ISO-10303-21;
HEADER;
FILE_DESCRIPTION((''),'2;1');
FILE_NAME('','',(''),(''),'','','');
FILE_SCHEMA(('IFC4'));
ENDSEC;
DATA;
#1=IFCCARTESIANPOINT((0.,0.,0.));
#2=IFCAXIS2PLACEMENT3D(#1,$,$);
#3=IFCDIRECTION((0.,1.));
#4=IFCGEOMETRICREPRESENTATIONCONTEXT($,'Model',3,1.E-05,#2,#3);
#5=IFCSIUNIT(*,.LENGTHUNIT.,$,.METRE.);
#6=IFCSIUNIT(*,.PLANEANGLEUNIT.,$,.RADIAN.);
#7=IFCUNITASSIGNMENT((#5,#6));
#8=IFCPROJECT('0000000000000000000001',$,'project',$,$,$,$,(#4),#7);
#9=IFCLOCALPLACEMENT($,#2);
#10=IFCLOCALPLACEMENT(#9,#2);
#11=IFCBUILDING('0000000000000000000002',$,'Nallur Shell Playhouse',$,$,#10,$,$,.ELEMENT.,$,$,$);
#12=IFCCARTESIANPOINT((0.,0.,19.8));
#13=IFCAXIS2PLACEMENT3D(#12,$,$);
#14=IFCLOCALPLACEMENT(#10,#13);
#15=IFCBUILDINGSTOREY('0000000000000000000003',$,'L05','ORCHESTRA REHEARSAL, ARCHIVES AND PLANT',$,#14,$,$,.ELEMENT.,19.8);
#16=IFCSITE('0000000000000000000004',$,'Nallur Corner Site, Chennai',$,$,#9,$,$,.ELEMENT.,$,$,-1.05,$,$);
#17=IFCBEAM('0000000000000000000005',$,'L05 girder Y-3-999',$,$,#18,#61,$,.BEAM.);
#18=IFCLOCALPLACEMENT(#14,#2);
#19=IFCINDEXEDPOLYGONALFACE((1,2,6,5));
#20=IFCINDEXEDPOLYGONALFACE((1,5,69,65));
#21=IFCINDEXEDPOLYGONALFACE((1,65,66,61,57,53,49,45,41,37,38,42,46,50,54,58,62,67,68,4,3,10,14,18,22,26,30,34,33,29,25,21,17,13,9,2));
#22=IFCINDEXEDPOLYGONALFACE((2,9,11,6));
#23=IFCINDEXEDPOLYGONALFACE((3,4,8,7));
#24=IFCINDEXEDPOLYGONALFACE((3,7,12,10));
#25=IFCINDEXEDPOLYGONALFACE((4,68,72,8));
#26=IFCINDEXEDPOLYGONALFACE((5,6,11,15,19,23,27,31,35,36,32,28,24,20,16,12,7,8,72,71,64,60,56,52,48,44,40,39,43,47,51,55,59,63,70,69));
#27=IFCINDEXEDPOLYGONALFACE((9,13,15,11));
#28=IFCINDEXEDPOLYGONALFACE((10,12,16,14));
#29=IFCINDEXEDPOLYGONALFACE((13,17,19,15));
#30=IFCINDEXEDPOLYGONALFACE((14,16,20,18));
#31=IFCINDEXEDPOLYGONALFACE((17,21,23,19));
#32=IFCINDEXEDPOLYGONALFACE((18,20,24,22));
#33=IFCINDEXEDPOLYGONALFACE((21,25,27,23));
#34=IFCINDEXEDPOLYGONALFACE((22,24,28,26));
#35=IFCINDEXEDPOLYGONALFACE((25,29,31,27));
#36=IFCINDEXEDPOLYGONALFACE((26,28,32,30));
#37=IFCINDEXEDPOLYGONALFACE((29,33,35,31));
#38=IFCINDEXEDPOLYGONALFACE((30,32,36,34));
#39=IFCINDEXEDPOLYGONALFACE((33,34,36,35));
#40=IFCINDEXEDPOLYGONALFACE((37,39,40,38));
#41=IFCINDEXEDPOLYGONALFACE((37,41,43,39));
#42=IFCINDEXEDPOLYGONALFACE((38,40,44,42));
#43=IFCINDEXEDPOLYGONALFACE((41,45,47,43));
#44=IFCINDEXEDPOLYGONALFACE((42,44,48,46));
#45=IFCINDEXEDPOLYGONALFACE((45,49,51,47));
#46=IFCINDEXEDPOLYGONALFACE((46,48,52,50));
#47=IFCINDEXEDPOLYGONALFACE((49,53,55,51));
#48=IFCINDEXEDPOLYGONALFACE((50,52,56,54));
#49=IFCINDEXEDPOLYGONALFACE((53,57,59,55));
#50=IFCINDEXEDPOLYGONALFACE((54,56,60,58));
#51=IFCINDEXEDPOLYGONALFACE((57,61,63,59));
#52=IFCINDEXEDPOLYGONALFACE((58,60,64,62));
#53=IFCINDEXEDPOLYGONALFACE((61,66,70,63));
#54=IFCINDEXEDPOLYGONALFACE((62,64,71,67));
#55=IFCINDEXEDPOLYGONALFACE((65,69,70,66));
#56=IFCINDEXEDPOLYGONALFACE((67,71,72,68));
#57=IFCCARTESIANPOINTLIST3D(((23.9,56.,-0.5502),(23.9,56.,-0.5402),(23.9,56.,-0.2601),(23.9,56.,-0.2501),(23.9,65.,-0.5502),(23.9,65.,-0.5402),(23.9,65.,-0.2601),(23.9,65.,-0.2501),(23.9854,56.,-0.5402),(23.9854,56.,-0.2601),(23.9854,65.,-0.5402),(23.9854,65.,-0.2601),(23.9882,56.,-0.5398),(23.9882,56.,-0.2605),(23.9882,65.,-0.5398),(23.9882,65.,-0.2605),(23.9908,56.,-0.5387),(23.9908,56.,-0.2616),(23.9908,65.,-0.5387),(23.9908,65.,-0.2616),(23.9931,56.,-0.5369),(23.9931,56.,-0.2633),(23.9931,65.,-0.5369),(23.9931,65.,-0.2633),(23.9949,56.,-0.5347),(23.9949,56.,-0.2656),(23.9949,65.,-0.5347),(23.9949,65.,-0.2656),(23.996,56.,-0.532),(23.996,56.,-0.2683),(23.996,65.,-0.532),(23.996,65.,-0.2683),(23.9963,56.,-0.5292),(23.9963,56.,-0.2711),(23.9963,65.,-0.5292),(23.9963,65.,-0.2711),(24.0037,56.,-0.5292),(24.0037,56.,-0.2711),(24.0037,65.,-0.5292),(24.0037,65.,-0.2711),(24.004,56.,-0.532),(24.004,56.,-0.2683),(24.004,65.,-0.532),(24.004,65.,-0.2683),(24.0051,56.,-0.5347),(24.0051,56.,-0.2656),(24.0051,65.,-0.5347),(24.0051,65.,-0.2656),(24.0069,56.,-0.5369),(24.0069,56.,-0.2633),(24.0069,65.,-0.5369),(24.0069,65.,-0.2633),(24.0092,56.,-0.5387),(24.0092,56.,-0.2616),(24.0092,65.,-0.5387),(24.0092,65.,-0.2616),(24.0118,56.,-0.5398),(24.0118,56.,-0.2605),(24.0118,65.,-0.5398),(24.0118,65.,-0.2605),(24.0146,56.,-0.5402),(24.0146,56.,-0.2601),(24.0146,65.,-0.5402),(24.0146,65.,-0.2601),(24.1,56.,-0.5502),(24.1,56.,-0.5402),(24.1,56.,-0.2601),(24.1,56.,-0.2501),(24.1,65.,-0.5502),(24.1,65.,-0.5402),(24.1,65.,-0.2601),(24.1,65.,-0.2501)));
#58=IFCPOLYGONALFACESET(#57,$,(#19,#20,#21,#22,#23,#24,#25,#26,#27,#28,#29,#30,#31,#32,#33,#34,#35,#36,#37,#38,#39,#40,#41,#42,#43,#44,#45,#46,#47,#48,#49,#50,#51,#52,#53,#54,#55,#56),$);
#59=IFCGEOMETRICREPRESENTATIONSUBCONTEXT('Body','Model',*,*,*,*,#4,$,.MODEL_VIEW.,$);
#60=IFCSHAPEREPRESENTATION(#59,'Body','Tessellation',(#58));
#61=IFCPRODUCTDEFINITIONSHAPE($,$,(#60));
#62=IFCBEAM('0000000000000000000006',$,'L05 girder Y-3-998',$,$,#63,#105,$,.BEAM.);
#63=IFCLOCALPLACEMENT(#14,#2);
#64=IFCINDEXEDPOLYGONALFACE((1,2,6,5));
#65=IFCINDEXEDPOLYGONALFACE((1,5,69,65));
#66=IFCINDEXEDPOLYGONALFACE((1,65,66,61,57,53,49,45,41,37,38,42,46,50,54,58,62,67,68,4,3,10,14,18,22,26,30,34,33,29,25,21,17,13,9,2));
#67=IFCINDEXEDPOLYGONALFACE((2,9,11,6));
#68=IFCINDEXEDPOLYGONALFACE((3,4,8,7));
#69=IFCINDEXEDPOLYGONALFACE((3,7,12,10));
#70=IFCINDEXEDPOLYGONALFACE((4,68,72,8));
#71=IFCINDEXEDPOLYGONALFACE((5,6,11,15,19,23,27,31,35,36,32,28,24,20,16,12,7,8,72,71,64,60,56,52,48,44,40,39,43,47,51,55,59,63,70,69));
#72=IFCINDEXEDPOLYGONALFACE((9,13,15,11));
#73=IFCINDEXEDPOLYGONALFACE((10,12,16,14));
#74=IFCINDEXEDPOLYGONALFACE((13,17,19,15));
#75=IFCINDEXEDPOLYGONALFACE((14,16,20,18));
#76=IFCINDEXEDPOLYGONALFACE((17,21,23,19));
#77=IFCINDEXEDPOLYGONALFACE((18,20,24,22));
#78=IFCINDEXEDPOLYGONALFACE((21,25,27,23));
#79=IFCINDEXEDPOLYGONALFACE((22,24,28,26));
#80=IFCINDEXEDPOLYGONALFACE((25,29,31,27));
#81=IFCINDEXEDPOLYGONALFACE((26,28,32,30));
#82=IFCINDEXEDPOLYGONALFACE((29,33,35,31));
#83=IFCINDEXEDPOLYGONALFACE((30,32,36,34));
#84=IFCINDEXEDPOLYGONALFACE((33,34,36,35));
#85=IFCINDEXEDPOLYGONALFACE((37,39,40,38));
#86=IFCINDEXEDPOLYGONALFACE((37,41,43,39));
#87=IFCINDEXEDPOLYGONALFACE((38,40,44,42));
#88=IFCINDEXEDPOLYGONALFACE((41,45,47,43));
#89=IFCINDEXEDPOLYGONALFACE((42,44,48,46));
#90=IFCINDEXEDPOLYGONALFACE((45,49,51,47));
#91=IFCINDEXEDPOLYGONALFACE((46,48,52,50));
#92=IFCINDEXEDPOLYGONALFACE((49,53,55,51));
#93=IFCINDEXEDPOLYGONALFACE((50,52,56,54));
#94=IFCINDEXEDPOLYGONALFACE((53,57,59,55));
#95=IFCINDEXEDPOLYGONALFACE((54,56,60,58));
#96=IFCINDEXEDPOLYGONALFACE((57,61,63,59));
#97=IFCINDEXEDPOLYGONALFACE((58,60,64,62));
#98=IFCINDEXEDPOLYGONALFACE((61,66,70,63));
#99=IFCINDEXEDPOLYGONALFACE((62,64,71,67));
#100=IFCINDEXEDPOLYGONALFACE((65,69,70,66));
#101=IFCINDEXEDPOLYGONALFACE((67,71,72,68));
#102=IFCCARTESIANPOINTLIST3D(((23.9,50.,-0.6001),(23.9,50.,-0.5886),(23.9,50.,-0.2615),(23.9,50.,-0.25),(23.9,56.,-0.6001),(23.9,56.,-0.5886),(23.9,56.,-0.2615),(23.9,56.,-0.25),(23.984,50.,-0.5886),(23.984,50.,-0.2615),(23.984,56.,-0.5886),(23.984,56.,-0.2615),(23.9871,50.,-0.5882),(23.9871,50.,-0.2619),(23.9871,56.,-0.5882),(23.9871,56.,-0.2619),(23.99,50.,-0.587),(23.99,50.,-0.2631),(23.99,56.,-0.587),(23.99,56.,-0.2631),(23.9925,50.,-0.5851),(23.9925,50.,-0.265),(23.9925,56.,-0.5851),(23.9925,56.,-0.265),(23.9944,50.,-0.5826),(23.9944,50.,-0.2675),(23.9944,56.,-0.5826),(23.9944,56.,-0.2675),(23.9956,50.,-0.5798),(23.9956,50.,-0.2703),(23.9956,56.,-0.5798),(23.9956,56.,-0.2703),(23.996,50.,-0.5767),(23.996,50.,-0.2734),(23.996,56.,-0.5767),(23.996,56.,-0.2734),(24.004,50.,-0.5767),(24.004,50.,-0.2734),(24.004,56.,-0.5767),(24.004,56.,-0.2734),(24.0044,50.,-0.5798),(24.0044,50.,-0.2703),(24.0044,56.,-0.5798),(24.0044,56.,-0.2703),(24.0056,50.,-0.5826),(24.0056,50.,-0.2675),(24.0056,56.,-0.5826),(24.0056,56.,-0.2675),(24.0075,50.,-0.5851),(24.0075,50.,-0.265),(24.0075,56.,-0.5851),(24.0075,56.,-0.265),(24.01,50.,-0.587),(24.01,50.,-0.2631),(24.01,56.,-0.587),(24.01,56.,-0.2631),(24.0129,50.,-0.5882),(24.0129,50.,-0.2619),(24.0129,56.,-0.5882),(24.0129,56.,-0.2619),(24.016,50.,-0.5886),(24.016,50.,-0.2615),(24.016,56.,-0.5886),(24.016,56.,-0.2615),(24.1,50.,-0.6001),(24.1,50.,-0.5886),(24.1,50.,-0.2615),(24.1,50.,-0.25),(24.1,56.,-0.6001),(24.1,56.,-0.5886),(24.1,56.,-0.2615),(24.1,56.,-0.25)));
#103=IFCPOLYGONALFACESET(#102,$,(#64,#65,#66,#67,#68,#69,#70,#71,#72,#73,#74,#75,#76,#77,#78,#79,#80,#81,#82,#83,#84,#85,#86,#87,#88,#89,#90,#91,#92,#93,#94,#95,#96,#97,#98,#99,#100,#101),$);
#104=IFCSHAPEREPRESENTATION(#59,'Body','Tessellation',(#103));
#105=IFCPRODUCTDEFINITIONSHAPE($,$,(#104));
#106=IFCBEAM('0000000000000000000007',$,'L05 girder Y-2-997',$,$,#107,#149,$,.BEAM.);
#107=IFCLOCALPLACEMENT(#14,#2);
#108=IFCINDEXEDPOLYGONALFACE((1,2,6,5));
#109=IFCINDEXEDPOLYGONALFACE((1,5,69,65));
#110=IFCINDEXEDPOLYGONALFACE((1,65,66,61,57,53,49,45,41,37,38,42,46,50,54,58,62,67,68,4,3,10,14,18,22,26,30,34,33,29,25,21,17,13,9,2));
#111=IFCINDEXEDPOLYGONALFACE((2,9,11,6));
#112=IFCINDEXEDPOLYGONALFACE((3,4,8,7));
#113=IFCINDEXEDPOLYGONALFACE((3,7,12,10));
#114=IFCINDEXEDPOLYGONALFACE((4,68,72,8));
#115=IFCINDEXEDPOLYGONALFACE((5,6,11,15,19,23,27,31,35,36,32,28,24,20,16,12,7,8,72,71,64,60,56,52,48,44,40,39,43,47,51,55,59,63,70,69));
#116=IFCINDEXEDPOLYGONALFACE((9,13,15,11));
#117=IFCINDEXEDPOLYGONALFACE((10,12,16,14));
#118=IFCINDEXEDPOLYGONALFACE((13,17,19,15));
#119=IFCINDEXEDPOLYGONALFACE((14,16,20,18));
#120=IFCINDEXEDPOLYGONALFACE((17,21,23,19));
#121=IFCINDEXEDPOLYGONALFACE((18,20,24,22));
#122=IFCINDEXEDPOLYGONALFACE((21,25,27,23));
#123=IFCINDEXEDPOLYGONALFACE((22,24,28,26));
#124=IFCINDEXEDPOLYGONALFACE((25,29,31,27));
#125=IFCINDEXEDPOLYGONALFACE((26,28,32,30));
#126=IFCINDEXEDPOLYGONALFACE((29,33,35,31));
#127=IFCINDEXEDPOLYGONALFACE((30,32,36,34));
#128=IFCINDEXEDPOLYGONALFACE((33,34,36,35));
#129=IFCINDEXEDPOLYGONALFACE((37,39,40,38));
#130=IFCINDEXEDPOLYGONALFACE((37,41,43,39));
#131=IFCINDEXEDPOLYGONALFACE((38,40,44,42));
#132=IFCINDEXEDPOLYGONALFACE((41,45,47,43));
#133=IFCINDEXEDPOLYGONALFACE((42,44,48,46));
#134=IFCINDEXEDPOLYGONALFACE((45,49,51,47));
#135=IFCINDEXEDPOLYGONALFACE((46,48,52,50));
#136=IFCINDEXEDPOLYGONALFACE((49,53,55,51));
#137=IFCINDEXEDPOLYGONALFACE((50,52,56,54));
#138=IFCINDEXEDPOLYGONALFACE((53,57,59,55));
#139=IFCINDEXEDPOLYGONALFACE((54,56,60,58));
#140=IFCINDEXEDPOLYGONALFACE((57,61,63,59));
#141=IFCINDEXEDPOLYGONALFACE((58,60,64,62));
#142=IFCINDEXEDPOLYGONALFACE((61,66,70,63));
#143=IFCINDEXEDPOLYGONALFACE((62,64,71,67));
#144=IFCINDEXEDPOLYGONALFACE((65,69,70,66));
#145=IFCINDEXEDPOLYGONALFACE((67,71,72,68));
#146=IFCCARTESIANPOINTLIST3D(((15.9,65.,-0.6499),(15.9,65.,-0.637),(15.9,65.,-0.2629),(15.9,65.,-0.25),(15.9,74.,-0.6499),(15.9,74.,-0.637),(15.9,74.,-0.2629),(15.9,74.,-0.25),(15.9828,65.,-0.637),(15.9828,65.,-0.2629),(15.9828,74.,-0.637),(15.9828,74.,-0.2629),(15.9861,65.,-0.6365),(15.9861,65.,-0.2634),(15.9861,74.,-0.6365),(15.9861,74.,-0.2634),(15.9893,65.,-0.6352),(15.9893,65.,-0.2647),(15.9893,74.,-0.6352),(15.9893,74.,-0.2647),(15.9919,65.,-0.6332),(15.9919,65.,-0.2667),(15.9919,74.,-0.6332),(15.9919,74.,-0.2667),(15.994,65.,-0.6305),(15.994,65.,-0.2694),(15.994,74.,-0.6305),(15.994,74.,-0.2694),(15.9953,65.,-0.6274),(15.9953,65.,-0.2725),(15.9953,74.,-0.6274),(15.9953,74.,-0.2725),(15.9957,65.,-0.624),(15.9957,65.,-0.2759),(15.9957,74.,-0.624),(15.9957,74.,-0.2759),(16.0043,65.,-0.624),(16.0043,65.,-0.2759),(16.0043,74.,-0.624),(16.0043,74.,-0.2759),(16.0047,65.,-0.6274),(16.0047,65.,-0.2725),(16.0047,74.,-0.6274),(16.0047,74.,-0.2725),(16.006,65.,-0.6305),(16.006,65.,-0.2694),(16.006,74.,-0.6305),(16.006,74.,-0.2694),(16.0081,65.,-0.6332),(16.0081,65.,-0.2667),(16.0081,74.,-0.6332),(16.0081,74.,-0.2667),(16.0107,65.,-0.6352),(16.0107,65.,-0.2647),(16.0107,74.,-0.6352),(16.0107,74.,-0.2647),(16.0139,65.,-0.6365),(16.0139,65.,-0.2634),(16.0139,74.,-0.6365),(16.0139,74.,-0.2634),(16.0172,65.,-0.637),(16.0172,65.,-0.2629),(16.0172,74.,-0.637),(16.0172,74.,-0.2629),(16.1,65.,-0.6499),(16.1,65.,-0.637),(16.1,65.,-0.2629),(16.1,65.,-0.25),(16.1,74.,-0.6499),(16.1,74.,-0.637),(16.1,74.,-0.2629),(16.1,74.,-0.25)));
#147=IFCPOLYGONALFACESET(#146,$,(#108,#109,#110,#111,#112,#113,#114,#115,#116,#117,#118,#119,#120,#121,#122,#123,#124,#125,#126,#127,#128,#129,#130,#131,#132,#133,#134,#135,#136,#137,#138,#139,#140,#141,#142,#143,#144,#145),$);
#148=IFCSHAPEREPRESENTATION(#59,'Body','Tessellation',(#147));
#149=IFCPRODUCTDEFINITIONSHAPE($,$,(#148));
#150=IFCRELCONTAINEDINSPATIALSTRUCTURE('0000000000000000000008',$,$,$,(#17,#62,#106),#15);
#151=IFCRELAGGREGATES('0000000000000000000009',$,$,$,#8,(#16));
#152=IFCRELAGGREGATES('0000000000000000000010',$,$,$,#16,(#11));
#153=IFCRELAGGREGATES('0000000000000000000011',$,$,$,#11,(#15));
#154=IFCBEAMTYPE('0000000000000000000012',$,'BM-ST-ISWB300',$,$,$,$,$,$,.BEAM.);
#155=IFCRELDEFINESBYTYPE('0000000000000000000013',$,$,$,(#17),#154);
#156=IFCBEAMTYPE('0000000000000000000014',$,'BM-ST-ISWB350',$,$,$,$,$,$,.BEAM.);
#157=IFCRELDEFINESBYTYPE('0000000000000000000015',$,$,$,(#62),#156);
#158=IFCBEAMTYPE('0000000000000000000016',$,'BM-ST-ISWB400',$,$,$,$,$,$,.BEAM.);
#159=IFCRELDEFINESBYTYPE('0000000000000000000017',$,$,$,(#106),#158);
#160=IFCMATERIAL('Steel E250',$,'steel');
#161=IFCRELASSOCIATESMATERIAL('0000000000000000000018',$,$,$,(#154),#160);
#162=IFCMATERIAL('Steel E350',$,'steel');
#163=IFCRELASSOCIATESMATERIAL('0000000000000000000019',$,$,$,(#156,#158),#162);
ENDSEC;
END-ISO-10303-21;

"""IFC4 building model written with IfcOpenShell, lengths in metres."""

from ifc_helpers import new_model, si_unit, direction, frame, origin, origin_2d, place, context, subcontext, project, spatial, i_section, extrude, material, material_profile, profile_set, type_object, element, save


model = new_model("IFC4")

# Units and contexts
model_context = context("Model", 3, precision=1e-05, world=origin(), true_north=direction((0.0, 1.0)))
body_context = subcontext(model_context, "Body", "Model", "MODEL_VIEW")
ifc_project = project(units=[si_unit("LENGTHUNIT", "METRE"), si_unit("PLANEANGLEUNIT", "RADIAN")], contexts=[model_context])

# Site, building, storey
site_placement = place(None, origin())
site = spatial("IfcSite", under=ifc_project, at=site_placement, Name="Nallur Corner Site, Chennai", CompositionType="ELEMENT", RefElevation=-1.05)
building_placement = place(site_placement, origin())
building = spatial("IfcBuilding", under=site, at=building_placement, Name="Nallur Shell Playhouse", CompositionType="ELEMENT")
storey_placement = place(building_placement, frame((0.0, 0.0, 19.8)))
storey = spatial("IfcBuildingStorey", under=building, at=storey_placement, Name="L05", Description="ORCHESTRA REHEARSAL, ARCHIVES AND PLANT", CompositionType="ELEMENT", Elevation=19.8)

# Beams
ifc_material_1 = material(Name="Steel E250", Category="steel")
ifc_material_2 = material(Name="Steel E350", Category="steel")
ifc_material_profile_1 = material_profile(ifc_material_1, i_section(OverallWidth=0.2, OverallDepth=0.3, WebThickness=0.0073, FlangeThickness=0.01, FilletRadius=0.011, at=origin_2d()), Name="ISWB 300")
ifc_profile_set_1 = profile_set([ifc_material_profile_1], Name="Steel E250")
beam_type_1 = type_object("IfcBeamType", Name="BM-ST-ISWB300", PredefinedType="BEAM", material=ifc_profile_set_1)
beam_1_placement = place(storey_placement, frame((24.0, 56.0, -0.4001), z_axis=(0.0, 1.0, 0.0), x_axis=(-1.0, 0.0, 0.0)))
element("IfcBeam", 1, at=beam_1_placement, inside=storey, type_object=beam_type_1, Name="L05 girder Y-3-999", PredefinedType="BEAM", context=body_context, shape_type="SweptSolid", body=[
    extrude(i_section(OverallWidth=0.2, OverallDepth=0.3, WebThickness=0.0073, FlangeThickness=0.01, FilletRadius=0.011, at=origin_2d()), origin(), (0.0, 0.0, 1.0), 9.0),
])
ifc_material_profile_2 = material_profile(ifc_material_2, i_section(OverallWidth=0.2, OverallDepth=0.3501, WebThickness=0.0081, FlangeThickness=0.0115, FilletRadius=0.012, at=origin_2d()), Name="ISWB 350")
ifc_profile_set_2 = profile_set([ifc_material_profile_2], Name="Steel E350")
beam_type_2 = type_object("IfcBeamType", Name="BM-ST-ISWB350", PredefinedType="BEAM", material=ifc_profile_set_2)
beam_2_placement = place(storey_placement, frame((24.0, 50.0, -0.425), z_axis=(0.0, 1.0, 0.0), x_axis=(-1.0, 0.0, 0.0)))
element("IfcBeam", 2, at=beam_2_placement, inside=storey, type_object=beam_type_2, Name="L05 girder Y-3-998", PredefinedType="BEAM", context=body_context, shape_type="SweptSolid", body=[
    extrude(i_section(OverallWidth=0.2, OverallDepth=0.3501, WebThickness=0.0081, FlangeThickness=0.0115, FilletRadius=0.012, at=origin_2d()), origin(), (0.0, 0.0, 1.0), 6.0),
])
ifc_material_profile_3 = material_profile(ifc_material_2, i_section(OverallWidth=0.2, OverallDepth=0.3999, WebThickness=0.0085, FlangeThickness=0.0129, FilletRadius=0.0129, at=origin_2d()), Name="ISWB 400")
ifc_profile_set_3 = profile_set([ifc_material_profile_3], Name="Steel E350")
beam_type_3 = type_object("IfcBeamType", Name="BM-ST-ISWB400", PredefinedType="BEAM", material=ifc_profile_set_3)
beam_3_placement = place(storey_placement, frame((16.0, 65.0, -0.45), z_axis=(0.0, 1.0, 0.0), x_axis=(-1.0, 0.0, 0.0)))
element("IfcBeam", 3, at=beam_3_placement, inside=storey, type_object=beam_type_3, Name="L05 girder Y-2-997", PredefinedType="BEAM", context=body_context, shape_type="SweptSolid", body=[
    extrude(i_section(OverallWidth=0.2, OverallDepth=0.3999, WebThickness=0.0085, FlangeThickness=0.0129, FilletRadius=0.0129, at=origin_2d()), origin(), (0.0, 0.0, 1.0), 9.0),
])

save(model, "model.ifc")
